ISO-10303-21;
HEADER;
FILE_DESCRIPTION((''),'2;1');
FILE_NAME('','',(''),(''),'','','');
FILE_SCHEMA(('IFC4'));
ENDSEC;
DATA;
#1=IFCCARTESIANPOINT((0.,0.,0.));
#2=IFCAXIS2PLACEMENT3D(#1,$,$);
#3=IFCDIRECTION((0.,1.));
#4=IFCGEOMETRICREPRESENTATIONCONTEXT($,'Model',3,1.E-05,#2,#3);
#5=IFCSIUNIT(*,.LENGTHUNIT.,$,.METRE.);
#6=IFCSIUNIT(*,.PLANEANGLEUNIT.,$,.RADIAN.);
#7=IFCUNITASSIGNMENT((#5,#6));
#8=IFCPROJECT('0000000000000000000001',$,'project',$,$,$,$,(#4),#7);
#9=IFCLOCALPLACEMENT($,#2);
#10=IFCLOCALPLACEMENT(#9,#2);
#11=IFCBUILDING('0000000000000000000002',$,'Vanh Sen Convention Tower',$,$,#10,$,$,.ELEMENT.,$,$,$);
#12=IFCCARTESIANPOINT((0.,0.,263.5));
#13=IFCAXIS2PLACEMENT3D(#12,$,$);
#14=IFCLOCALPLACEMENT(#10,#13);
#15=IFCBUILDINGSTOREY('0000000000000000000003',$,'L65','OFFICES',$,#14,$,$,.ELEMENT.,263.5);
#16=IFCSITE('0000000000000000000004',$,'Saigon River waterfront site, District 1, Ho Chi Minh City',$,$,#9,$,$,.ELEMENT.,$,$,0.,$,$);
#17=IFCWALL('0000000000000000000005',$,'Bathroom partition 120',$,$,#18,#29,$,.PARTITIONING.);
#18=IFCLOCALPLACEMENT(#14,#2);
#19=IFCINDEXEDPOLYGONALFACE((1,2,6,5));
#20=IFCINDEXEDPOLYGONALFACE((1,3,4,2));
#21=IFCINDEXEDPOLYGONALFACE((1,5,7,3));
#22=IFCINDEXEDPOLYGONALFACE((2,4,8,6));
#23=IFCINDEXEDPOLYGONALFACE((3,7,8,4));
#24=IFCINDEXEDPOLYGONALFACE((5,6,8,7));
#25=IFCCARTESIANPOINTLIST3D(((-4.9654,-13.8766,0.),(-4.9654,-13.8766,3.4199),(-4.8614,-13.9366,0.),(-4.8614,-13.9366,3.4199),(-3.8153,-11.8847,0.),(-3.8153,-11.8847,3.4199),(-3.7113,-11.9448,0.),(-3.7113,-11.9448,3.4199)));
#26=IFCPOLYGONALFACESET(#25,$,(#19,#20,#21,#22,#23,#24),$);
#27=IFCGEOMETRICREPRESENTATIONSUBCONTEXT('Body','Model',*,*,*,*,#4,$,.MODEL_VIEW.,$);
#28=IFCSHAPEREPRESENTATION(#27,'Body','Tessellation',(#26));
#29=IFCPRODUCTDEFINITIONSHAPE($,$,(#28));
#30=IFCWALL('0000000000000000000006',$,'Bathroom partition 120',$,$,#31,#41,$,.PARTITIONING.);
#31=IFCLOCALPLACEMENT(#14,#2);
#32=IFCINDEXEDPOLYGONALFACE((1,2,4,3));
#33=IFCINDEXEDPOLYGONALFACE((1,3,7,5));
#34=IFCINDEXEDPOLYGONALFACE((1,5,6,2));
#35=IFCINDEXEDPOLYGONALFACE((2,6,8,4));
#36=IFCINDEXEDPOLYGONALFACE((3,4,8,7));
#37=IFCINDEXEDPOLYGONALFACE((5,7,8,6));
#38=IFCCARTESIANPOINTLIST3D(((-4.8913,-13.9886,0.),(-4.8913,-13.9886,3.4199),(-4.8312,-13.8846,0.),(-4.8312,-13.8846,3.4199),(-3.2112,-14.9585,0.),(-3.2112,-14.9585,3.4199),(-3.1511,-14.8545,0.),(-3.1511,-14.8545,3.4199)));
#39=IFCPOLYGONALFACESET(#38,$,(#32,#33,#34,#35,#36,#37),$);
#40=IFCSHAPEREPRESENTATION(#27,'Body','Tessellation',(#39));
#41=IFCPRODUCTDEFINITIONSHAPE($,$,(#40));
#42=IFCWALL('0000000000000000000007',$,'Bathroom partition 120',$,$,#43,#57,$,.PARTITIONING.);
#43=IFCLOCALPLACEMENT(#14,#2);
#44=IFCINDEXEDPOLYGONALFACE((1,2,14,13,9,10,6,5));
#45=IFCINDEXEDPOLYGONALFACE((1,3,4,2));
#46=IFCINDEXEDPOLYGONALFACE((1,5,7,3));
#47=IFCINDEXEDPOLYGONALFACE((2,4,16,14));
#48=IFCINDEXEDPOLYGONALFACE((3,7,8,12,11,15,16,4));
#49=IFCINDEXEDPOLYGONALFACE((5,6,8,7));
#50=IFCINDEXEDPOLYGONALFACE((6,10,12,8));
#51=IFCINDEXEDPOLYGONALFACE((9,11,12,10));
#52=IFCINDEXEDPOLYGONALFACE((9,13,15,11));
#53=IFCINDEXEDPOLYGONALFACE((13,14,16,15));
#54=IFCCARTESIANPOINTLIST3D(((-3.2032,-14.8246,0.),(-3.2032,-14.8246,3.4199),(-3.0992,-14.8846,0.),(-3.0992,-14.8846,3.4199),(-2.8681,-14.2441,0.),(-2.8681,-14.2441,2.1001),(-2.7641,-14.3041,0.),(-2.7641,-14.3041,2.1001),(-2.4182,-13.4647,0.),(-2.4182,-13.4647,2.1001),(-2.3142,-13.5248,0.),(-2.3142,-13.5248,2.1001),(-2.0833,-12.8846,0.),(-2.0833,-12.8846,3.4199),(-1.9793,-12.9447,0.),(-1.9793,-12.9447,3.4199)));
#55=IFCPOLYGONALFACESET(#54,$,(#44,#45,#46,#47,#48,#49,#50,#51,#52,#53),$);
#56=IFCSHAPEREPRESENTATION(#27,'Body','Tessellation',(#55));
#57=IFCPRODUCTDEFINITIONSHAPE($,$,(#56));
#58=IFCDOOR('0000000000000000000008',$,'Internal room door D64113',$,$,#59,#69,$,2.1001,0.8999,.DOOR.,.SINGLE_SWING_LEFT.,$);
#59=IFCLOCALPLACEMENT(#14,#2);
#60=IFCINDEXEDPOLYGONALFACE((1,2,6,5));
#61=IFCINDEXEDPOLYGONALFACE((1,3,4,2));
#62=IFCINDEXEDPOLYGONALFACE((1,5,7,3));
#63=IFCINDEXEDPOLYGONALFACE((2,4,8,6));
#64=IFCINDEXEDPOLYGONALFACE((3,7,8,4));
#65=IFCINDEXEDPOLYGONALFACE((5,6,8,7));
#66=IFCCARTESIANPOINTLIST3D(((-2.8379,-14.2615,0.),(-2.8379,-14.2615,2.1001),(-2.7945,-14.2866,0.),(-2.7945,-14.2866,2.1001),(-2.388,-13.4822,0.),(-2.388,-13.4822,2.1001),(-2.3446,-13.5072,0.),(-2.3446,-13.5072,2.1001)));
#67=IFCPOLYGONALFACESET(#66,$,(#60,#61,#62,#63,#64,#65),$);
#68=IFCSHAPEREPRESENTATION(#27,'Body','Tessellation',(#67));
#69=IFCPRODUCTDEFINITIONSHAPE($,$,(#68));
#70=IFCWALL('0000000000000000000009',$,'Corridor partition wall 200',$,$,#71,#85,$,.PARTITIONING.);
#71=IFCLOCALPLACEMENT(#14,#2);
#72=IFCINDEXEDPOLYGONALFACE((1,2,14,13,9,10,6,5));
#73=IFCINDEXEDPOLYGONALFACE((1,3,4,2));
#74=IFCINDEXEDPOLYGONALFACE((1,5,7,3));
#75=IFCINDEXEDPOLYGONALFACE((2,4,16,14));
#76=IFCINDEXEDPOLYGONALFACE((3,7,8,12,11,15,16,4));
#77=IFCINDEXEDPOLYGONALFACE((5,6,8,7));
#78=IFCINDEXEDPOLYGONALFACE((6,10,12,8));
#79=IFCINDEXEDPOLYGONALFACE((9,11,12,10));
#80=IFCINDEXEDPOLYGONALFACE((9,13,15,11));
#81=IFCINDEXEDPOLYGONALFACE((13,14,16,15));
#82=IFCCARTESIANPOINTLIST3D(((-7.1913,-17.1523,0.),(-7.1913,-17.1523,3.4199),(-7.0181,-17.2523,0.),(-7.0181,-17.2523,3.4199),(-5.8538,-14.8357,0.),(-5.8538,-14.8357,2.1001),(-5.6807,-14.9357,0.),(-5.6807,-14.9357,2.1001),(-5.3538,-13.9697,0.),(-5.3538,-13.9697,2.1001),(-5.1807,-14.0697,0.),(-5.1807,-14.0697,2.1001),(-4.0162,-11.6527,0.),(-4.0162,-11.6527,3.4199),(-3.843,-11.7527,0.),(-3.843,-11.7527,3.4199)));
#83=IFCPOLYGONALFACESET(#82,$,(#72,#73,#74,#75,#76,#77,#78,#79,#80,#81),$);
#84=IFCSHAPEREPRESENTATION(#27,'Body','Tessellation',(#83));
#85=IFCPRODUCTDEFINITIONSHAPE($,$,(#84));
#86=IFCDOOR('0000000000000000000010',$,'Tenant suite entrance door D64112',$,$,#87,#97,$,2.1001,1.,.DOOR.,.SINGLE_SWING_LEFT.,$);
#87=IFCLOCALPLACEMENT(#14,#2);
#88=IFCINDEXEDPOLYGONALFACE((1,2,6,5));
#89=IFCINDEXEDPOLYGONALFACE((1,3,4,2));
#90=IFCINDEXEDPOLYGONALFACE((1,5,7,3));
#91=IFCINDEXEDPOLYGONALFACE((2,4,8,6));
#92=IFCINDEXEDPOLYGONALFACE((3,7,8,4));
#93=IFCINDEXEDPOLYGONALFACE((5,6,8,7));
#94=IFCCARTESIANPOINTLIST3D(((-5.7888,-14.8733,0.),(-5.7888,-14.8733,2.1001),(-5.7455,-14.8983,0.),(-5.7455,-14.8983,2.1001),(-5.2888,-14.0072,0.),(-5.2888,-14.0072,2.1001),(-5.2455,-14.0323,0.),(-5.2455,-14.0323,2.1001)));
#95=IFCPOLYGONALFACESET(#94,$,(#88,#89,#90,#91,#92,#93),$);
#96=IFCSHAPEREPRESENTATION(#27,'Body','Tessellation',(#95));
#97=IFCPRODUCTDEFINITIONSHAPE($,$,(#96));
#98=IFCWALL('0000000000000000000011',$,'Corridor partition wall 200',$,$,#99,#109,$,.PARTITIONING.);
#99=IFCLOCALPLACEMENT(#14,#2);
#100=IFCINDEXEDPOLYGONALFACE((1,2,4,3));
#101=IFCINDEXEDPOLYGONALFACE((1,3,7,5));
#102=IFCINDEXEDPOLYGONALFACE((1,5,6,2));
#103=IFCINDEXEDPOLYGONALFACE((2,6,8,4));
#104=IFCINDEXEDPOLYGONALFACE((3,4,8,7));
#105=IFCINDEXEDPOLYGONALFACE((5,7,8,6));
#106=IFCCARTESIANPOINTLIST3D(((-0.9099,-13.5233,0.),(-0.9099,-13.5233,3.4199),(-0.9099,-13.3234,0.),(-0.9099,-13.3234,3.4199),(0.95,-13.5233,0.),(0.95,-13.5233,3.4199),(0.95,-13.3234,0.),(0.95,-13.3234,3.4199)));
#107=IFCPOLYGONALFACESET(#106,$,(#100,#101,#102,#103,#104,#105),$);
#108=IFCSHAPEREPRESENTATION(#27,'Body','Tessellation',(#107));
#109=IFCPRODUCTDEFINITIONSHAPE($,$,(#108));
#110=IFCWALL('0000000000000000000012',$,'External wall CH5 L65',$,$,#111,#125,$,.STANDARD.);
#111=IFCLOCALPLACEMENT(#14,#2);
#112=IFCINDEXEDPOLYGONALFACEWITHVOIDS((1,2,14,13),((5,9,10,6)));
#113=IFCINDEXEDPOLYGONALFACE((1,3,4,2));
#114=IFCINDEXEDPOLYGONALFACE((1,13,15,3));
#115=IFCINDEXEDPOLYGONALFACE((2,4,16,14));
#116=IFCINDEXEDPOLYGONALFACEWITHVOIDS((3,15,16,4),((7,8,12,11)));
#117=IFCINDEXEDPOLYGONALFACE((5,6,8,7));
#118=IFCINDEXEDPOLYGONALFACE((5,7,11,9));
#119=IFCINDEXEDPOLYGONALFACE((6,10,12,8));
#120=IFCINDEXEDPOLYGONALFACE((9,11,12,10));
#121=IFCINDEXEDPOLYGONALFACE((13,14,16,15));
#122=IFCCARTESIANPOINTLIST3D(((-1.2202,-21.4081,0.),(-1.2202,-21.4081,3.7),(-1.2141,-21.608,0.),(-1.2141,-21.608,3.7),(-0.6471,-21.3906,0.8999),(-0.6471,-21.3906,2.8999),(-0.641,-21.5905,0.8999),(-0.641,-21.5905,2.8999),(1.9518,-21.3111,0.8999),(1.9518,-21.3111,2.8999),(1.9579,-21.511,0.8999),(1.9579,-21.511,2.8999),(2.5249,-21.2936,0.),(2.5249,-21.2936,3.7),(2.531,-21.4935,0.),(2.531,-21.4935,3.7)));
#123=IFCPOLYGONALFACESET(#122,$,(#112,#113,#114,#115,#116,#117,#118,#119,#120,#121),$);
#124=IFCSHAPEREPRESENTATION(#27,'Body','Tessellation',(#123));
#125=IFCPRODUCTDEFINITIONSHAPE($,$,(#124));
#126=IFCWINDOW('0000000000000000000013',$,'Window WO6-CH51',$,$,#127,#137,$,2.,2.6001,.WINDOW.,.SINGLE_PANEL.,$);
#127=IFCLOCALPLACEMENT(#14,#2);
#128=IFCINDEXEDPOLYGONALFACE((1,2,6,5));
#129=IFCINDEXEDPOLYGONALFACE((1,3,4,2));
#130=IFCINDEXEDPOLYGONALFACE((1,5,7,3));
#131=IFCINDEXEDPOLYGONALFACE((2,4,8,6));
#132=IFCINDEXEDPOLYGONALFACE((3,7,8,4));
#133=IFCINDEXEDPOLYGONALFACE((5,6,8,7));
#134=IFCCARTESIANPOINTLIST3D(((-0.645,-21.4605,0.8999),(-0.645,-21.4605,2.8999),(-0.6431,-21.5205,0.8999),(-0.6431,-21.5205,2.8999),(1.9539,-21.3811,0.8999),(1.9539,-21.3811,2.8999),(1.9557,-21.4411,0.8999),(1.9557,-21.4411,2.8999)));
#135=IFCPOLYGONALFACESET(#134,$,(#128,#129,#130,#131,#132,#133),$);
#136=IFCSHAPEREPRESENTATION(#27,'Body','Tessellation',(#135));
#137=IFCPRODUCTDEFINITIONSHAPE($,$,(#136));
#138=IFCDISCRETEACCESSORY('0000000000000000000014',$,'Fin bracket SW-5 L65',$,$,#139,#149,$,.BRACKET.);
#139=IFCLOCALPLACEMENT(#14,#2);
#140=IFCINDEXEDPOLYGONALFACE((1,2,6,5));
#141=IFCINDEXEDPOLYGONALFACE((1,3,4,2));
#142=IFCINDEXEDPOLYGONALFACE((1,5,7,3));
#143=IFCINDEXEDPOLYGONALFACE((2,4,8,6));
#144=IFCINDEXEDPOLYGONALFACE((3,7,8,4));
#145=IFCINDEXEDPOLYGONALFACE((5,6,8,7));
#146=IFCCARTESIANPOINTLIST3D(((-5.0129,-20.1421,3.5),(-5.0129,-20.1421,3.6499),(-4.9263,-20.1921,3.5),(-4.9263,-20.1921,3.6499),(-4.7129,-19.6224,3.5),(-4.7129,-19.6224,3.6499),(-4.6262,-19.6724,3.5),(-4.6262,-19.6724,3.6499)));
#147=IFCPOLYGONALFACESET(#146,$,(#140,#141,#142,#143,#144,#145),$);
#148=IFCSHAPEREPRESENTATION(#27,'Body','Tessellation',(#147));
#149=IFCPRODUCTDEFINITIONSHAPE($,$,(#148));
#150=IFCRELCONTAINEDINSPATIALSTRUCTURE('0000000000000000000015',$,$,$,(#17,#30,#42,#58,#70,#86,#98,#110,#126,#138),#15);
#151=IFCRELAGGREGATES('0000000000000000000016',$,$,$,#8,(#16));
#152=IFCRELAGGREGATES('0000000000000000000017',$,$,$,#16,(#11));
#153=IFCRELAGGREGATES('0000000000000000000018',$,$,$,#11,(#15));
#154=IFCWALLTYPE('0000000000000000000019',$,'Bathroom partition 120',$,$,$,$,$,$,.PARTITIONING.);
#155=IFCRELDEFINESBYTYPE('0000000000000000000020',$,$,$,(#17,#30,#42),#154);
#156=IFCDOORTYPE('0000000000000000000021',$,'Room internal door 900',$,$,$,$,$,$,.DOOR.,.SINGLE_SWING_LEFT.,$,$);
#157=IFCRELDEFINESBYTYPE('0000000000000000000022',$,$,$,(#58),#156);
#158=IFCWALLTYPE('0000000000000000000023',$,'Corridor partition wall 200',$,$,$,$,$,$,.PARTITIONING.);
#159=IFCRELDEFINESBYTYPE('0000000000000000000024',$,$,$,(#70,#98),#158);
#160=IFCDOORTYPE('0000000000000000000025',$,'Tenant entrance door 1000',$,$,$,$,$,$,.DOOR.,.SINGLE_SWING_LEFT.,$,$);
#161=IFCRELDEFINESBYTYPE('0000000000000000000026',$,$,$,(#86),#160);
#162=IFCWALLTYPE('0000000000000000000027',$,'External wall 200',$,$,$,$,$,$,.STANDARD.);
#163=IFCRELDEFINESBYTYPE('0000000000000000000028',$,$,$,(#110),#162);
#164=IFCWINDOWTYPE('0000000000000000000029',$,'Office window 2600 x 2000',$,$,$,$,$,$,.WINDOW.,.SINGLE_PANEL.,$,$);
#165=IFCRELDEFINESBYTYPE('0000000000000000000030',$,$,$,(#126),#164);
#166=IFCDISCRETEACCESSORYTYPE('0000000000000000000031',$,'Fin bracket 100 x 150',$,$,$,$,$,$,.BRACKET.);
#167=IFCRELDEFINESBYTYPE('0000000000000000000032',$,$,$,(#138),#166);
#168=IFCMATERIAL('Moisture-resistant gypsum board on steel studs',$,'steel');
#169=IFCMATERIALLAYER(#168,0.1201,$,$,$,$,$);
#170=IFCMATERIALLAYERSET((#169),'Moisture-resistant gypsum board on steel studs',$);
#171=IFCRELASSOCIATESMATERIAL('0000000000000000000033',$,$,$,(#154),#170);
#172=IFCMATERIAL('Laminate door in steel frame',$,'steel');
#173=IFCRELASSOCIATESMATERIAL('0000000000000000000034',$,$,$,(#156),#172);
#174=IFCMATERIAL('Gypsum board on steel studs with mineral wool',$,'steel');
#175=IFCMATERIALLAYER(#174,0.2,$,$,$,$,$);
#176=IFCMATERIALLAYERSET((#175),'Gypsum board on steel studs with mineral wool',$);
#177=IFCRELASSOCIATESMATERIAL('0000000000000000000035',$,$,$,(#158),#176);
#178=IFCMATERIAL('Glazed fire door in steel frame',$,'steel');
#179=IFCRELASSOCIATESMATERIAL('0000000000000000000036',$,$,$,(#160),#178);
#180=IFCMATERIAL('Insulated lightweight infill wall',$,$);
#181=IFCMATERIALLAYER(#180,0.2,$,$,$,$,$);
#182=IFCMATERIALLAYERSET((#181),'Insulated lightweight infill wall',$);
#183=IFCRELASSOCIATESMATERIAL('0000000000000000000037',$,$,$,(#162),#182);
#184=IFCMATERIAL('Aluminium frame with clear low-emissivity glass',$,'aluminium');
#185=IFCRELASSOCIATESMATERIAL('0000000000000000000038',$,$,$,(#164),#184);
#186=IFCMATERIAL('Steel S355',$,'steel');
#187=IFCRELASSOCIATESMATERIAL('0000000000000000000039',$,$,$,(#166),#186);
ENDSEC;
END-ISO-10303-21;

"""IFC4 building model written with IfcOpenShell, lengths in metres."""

from ifc_helpers import new_model, si_unit, direction, frame, frame_2d, origin, origin_2d, place, context, subcontext, project, spatial, rectangle, extrude, material, layer, layer_set, type_object, element, fill, save


model = new_model("IFC4")

# Units and contexts
model_context = context("Model", 3, precision=1e-05, world=origin(), true_north=direction((0.0, 1.0)))
body_context = subcontext(model_context, "Body", "Model", "MODEL_VIEW")
ifc_project = project(units=[si_unit("LENGTHUNIT", "METRE"), si_unit("PLANEANGLEUNIT", "RADIAN")], contexts=[model_context])

# Site, building, storey
site_placement = place(None, origin())
site = spatial("IfcSite", under=ifc_project, at=site_placement, Name="Saigon River waterfront site, District 1, Ho Chi Minh City", CompositionType="ELEMENT", RefElevation=0.0)
building_placement = place(site_placement, origin())
building = spatial("IfcBuilding", under=site, at=building_placement, Name="Vanh Sen Convention Tower", CompositionType="ELEMENT")
storey_placement = place(building_placement, frame((0.0, 0.0, 263.5)))
storey = spatial("IfcBuildingStorey", under=building, at=storey_placement, Name="L65", Description="OFFICES", CompositionType="ELEMENT", Elevation=263.5)

# Walls
ifc_material_1 = material(Name="Moisture-resistant gypsum board on steel studs", Category="steel")
ifc_layer_1 = layer(ifc_material_1, 0.1201)
ifc_layer_set_1 = layer_set([ifc_layer_1], Name="Moisture-resistant gypsum board on steel studs")
wall_type_1 = type_object("IfcWallType", Name="Bathroom partition 120", PredefinedType="PARTITIONING", material=ifc_layer_set_1)
wall_1_placement = place(storey_placement, frame((-4.9133, -13.9065, 0.0), z_axis=(0.0, 0.0, 1.0), x_axis=(0.500032, 0.866007, 0.0)))
element("IfcWall", 1, at=wall_1_placement, inside=storey, type_object=wall_type_1, Name="Bathroom partition 120", PredefinedType="PARTITIONING", context=body_context, shape_type="SweptSolid", body=[
    extrude(rectangle(XDim=2.3, YDim=0.1201, at=frame_2d((1.1499, 0.0))), origin(), (0.0, 0.0, 1.0), 3.4199),
])
wall_2_placement = place(storey_placement, frame((-3.1812, -14.9065, 0.0), z_axis=(0.0, 0.0, 1.0), x_axis=(-0.866043, 0.499969, 0.0)))
element("IfcWall", 2, at=wall_2_placement, inside=storey, type_object=wall_type_1, Name="Bathroom partition 120", PredefinedType="PARTITIONING", context=body_context, shape_type="SweptSolid", body=[
    extrude(rectangle(XDim=1.9399, YDim=0.1201, at=frame_2d((0.97, 0.0))), origin(), (0.0, 0.0, 1.0), 3.4199),
])

# Walls, openings, doors
wall_3_placement = place(storey_placement, frame((-2.0312, -12.9146, 0.0), z_axis=(0.0, 0.0, 1.0), x_axis=(-0.499949, -0.866055, 0.0)))
wall_3 = element("IfcWall", 3, at=wall_3_placement, inside=storey, type_object=wall_type_1, Name="Bathroom partition 120", PredefinedType="PARTITIONING", context=body_context, shape_type="SweptSolid", body=[
    extrude(rectangle(XDim=2.24, YDim=0.1201, at=frame_2d((1.1201, 0.0))), origin(), (0.0, 0.0, 1.0), 3.4199),
])
opening_1_placement = place(wall_3_placement, frame((0.6699, 0.0, 0.0)))
opening_1 = element("IfcOpeningElement", 4, at=opening_1_placement, cuts=wall_3, PredefinedType="OPENING", context=body_context, shape_type="SweptSolid", body=[
    extrude(rectangle(XDim=0.8999, YDim=2.1001, at=frame_2d((0.45, 1.05))), frame((0.0, 0.0701, 0.0), z_axis=(0.0, -1.0, 0.0), x_axis=(1.0, 0.0, 0.0)), (0.0, 0.0, 1.0), 0.1401),
])
ifc_material_2 = material(Name="Laminate door in steel frame", Category="steel")
door_type_1 = type_object("IfcDoorType", Name="Room internal door 900", OperationType="SINGLE_SWING_LEFT", PredefinedType="DOOR", material=ifc_material_2)
door_1_placement = place(opening_1_placement, origin())
door_1 = element("IfcDoor", 5, at=door_1_placement, inside=storey, type_object=door_type_1, Name="Internal room door D64113", OperationType="SINGLE_SWING_LEFT", OverallHeight=2.1001, OverallWidth=0.8999, PredefinedType="DOOR", context=body_context, shape_type="SweptSolid", body=[
    extrude(rectangle(XDim=0.8999, YDim=2.1001, at=frame_2d((0.45, 1.05))), frame((0.0, 0.0249, 0.0), z_axis=(0.0, -1.0, 0.0), x_axis=(1.0, 0.0, 0.0)), (0.0, 0.0, 1.0), 0.05),
])
fill(opening_1, door_1)
ifc_material_3 = material(Name="Gypsum board on steel studs with mineral wool", Category="steel")
ifc_layer_2 = layer(ifc_material_3, 0.2)
ifc_layer_set_2 = layer_set([ifc_layer_2], Name="Gypsum board on steel studs with mineral wool")
wall_type_2 = type_object("IfcWallType", Name="Corridor partition wall 200", PredefinedType="PARTITIONING", material=ifc_layer_set_2)
wall_4_placement = place(storey_placement, frame((-7.1047, -17.2024, 0.0), z_axis=(0.0, 0.0, 1.0), x_axis=(0.499989, 0.866032, 0.0)))
wall_4 = element("IfcWall", 6, at=wall_4_placement, inside=storey, type_object=wall_type_2, Name="Corridor partition wall 200", PredefinedType="PARTITIONING", context=body_context, shape_type="SweptSolid", body=[
    extrude(rectangle(XDim=6.3503, YDim=0.2, at=frame_2d((3.1753, 0.0))), origin(), (0.0, 0.0, 1.0), 3.4199),
])
opening_2_placement = place(wall_4_placement, frame((2.675, 0.0, 0.0)))
opening_2 = element("IfcOpeningElement", 7, at=opening_2_placement, cuts=wall_4, PredefinedType="OPENING", context=body_context, shape_type="SweptSolid", body=[
    extrude(rectangle(XDim=1.0, YDim=2.1001, at=frame_2d((0.5, 1.05))), frame((0.0, 0.1099, 0.0), z_axis=(0.0, -1.0, 0.0), x_axis=(1.0, 0.0, 0.0)), (0.0, 0.0, 1.0), 0.22),
])
ifc_material_4 = material(Name="Glazed fire door in steel frame", Category="steel")
door_type_2 = type_object("IfcDoorType", Name="Tenant entrance door 1000", OperationType="SINGLE_SWING_LEFT", PredefinedType="DOOR", material=ifc_material_4)
door_2_placement = place(opening_2_placement, origin())
door_2 = element("IfcDoor", 8, at=door_2_placement, inside=storey, type_object=door_type_2, Name="Tenant suite entrance door D64112", OperationType="SINGLE_SWING_LEFT", OverallHeight=2.1001, OverallWidth=1.0, PredefinedType="DOOR", context=body_context, shape_type="SweptSolid", body=[
    extrude(rectangle(XDim=1.0, YDim=2.1001, at=frame_2d((0.5, 1.05))), frame((0.0, 0.0249, 0.0), z_axis=(0.0, -1.0, 0.0), x_axis=(1.0, 0.0, 0.0)), (0.0, 0.0, 1.0), 0.05),
])
fill(opening_2, door_2)

# Wall
wall_5_placement = place(storey_placement, frame((-0.9099, -13.4233, 0.0), z_axis=(0.0, 0.0, 1.0), x_axis=(1.0, 0.0, 0.0)))
element("IfcWall", 9, at=wall_5_placement, inside=storey, type_object=wall_type_2, Name="Corridor partition wall 200", PredefinedType="PARTITIONING", context=body_context, shape_type="SweptSolid", body=[
    extrude(rectangle(XDim=1.8599, YDim=0.2, at=frame_2d((0.9299, 0.0))), origin(), (0.0, 0.0, 1.0), 3.4199),
])

# Wall, opening, window
ifc_material_5 = material(Name="Insulated lightweight infill wall")
ifc_layer_3 = layer(ifc_material_5, 0.2)
ifc_layer_set_3 = layer_set([ifc_layer_3], Name="Insulated lightweight infill wall")
wall_type_3 = type_object("IfcWallType", Name="External wall 200", PredefinedType="STANDARD", material=ifc_layer_set_3)
wall_6_placement = place(storey_placement, frame((-1.2173, -21.5081, 0.0), z_axis=(0.0, 0.0, 1.0), x_axis=(0.999533, 0.030559, 0.0)))
wall_6 = element("IfcWall", 10, at=wall_6_placement, inside=storey, type_object=wall_type_3, Name="External wall CH5 L65", PredefinedType="STANDARD", context=body_context, shape_type="SweptSolid", body=[
    extrude(rectangle(XDim=3.7468, YDim=0.2, at=frame_2d((1.8735, 0.0))), origin(), (0.0, 0.0, 1.0), 3.7),
])
opening_3_placement = place(wall_6_placement, frame((0.5735, 0.0, 0.8999)))
opening_3 = element("IfcOpeningElement", 11, at=opening_3_placement, cuts=wall_6, PredefinedType="OPENING", context=body_context, shape_type="SweptSolid", body=[
    extrude(rectangle(XDim=2.6001, YDim=2.0, at=frame_2d((1.3, 1.0))), frame((0.0, 0.1099, 0.0), z_axis=(0.0, -1.0, 0.0), x_axis=(1.0, 0.0, 0.0)), (0.0, 0.0, 1.0), 0.22),
])
ifc_material_6 = material(Name="Aluminium frame with clear low-emissivity glass", Category="aluminium")
window_type = type_object("IfcWindowType", Name="Office window 2600 x 2000", PartitioningType="SINGLE_PANEL", PredefinedType="WINDOW", material=ifc_material_6)
window_placement = place(opening_3_placement, origin())
window = element("IfcWindow", 12, at=window_placement, inside=storey, type_object=window_type, Name="Window WO6-CH51", OverallHeight=2.0, OverallWidth=2.6001, PartitioningType="SINGLE_PANEL", PredefinedType="WINDOW", context=body_context, shape_type="SweptSolid", body=[
    extrude(rectangle(XDim=2.6001, YDim=2.0, at=frame_2d((1.3, 1.0))), frame((0.0, 0.03, 0.0), z_axis=(0.0, -1.0, 0.0), x_axis=(1.0, 0.0, 0.0)), (0.0, 0.0, 1.0), 0.0601),
])
fill(opening_3, window)

# Discrete accessory
ifc_material_7 = material(Name="Steel S355", Category="steel")
discrete_accessory_type = type_object("IfcDiscreteAccessoryType", Name="Fin bracket 100 x 150", PredefinedType="BRACKET", material=ifc_material_7)
discrete_accessory_placement = place(storey_placement, frame((-4.8196, -19.9072, 3.5), z_axis=(0.0, 0.0, 1.0), x_axis=(-0.5, -0.866025, 0.0)))
element("IfcDiscreteAccessory", 13, at=discrete_accessory_placement, inside=storey, type_object=discrete_accessory_type, Name="Fin bracket SW-5 L65", PredefinedType="BRACKET", context=body_context, shape_type="SweptSolid", body=[
    extrude(rectangle(XDim=0.6001, YDim=0.1001, at=origin_2d()), origin(), (0.0, 0.0, 1.0), 0.1499),
])

save(model, "model.ifc")
